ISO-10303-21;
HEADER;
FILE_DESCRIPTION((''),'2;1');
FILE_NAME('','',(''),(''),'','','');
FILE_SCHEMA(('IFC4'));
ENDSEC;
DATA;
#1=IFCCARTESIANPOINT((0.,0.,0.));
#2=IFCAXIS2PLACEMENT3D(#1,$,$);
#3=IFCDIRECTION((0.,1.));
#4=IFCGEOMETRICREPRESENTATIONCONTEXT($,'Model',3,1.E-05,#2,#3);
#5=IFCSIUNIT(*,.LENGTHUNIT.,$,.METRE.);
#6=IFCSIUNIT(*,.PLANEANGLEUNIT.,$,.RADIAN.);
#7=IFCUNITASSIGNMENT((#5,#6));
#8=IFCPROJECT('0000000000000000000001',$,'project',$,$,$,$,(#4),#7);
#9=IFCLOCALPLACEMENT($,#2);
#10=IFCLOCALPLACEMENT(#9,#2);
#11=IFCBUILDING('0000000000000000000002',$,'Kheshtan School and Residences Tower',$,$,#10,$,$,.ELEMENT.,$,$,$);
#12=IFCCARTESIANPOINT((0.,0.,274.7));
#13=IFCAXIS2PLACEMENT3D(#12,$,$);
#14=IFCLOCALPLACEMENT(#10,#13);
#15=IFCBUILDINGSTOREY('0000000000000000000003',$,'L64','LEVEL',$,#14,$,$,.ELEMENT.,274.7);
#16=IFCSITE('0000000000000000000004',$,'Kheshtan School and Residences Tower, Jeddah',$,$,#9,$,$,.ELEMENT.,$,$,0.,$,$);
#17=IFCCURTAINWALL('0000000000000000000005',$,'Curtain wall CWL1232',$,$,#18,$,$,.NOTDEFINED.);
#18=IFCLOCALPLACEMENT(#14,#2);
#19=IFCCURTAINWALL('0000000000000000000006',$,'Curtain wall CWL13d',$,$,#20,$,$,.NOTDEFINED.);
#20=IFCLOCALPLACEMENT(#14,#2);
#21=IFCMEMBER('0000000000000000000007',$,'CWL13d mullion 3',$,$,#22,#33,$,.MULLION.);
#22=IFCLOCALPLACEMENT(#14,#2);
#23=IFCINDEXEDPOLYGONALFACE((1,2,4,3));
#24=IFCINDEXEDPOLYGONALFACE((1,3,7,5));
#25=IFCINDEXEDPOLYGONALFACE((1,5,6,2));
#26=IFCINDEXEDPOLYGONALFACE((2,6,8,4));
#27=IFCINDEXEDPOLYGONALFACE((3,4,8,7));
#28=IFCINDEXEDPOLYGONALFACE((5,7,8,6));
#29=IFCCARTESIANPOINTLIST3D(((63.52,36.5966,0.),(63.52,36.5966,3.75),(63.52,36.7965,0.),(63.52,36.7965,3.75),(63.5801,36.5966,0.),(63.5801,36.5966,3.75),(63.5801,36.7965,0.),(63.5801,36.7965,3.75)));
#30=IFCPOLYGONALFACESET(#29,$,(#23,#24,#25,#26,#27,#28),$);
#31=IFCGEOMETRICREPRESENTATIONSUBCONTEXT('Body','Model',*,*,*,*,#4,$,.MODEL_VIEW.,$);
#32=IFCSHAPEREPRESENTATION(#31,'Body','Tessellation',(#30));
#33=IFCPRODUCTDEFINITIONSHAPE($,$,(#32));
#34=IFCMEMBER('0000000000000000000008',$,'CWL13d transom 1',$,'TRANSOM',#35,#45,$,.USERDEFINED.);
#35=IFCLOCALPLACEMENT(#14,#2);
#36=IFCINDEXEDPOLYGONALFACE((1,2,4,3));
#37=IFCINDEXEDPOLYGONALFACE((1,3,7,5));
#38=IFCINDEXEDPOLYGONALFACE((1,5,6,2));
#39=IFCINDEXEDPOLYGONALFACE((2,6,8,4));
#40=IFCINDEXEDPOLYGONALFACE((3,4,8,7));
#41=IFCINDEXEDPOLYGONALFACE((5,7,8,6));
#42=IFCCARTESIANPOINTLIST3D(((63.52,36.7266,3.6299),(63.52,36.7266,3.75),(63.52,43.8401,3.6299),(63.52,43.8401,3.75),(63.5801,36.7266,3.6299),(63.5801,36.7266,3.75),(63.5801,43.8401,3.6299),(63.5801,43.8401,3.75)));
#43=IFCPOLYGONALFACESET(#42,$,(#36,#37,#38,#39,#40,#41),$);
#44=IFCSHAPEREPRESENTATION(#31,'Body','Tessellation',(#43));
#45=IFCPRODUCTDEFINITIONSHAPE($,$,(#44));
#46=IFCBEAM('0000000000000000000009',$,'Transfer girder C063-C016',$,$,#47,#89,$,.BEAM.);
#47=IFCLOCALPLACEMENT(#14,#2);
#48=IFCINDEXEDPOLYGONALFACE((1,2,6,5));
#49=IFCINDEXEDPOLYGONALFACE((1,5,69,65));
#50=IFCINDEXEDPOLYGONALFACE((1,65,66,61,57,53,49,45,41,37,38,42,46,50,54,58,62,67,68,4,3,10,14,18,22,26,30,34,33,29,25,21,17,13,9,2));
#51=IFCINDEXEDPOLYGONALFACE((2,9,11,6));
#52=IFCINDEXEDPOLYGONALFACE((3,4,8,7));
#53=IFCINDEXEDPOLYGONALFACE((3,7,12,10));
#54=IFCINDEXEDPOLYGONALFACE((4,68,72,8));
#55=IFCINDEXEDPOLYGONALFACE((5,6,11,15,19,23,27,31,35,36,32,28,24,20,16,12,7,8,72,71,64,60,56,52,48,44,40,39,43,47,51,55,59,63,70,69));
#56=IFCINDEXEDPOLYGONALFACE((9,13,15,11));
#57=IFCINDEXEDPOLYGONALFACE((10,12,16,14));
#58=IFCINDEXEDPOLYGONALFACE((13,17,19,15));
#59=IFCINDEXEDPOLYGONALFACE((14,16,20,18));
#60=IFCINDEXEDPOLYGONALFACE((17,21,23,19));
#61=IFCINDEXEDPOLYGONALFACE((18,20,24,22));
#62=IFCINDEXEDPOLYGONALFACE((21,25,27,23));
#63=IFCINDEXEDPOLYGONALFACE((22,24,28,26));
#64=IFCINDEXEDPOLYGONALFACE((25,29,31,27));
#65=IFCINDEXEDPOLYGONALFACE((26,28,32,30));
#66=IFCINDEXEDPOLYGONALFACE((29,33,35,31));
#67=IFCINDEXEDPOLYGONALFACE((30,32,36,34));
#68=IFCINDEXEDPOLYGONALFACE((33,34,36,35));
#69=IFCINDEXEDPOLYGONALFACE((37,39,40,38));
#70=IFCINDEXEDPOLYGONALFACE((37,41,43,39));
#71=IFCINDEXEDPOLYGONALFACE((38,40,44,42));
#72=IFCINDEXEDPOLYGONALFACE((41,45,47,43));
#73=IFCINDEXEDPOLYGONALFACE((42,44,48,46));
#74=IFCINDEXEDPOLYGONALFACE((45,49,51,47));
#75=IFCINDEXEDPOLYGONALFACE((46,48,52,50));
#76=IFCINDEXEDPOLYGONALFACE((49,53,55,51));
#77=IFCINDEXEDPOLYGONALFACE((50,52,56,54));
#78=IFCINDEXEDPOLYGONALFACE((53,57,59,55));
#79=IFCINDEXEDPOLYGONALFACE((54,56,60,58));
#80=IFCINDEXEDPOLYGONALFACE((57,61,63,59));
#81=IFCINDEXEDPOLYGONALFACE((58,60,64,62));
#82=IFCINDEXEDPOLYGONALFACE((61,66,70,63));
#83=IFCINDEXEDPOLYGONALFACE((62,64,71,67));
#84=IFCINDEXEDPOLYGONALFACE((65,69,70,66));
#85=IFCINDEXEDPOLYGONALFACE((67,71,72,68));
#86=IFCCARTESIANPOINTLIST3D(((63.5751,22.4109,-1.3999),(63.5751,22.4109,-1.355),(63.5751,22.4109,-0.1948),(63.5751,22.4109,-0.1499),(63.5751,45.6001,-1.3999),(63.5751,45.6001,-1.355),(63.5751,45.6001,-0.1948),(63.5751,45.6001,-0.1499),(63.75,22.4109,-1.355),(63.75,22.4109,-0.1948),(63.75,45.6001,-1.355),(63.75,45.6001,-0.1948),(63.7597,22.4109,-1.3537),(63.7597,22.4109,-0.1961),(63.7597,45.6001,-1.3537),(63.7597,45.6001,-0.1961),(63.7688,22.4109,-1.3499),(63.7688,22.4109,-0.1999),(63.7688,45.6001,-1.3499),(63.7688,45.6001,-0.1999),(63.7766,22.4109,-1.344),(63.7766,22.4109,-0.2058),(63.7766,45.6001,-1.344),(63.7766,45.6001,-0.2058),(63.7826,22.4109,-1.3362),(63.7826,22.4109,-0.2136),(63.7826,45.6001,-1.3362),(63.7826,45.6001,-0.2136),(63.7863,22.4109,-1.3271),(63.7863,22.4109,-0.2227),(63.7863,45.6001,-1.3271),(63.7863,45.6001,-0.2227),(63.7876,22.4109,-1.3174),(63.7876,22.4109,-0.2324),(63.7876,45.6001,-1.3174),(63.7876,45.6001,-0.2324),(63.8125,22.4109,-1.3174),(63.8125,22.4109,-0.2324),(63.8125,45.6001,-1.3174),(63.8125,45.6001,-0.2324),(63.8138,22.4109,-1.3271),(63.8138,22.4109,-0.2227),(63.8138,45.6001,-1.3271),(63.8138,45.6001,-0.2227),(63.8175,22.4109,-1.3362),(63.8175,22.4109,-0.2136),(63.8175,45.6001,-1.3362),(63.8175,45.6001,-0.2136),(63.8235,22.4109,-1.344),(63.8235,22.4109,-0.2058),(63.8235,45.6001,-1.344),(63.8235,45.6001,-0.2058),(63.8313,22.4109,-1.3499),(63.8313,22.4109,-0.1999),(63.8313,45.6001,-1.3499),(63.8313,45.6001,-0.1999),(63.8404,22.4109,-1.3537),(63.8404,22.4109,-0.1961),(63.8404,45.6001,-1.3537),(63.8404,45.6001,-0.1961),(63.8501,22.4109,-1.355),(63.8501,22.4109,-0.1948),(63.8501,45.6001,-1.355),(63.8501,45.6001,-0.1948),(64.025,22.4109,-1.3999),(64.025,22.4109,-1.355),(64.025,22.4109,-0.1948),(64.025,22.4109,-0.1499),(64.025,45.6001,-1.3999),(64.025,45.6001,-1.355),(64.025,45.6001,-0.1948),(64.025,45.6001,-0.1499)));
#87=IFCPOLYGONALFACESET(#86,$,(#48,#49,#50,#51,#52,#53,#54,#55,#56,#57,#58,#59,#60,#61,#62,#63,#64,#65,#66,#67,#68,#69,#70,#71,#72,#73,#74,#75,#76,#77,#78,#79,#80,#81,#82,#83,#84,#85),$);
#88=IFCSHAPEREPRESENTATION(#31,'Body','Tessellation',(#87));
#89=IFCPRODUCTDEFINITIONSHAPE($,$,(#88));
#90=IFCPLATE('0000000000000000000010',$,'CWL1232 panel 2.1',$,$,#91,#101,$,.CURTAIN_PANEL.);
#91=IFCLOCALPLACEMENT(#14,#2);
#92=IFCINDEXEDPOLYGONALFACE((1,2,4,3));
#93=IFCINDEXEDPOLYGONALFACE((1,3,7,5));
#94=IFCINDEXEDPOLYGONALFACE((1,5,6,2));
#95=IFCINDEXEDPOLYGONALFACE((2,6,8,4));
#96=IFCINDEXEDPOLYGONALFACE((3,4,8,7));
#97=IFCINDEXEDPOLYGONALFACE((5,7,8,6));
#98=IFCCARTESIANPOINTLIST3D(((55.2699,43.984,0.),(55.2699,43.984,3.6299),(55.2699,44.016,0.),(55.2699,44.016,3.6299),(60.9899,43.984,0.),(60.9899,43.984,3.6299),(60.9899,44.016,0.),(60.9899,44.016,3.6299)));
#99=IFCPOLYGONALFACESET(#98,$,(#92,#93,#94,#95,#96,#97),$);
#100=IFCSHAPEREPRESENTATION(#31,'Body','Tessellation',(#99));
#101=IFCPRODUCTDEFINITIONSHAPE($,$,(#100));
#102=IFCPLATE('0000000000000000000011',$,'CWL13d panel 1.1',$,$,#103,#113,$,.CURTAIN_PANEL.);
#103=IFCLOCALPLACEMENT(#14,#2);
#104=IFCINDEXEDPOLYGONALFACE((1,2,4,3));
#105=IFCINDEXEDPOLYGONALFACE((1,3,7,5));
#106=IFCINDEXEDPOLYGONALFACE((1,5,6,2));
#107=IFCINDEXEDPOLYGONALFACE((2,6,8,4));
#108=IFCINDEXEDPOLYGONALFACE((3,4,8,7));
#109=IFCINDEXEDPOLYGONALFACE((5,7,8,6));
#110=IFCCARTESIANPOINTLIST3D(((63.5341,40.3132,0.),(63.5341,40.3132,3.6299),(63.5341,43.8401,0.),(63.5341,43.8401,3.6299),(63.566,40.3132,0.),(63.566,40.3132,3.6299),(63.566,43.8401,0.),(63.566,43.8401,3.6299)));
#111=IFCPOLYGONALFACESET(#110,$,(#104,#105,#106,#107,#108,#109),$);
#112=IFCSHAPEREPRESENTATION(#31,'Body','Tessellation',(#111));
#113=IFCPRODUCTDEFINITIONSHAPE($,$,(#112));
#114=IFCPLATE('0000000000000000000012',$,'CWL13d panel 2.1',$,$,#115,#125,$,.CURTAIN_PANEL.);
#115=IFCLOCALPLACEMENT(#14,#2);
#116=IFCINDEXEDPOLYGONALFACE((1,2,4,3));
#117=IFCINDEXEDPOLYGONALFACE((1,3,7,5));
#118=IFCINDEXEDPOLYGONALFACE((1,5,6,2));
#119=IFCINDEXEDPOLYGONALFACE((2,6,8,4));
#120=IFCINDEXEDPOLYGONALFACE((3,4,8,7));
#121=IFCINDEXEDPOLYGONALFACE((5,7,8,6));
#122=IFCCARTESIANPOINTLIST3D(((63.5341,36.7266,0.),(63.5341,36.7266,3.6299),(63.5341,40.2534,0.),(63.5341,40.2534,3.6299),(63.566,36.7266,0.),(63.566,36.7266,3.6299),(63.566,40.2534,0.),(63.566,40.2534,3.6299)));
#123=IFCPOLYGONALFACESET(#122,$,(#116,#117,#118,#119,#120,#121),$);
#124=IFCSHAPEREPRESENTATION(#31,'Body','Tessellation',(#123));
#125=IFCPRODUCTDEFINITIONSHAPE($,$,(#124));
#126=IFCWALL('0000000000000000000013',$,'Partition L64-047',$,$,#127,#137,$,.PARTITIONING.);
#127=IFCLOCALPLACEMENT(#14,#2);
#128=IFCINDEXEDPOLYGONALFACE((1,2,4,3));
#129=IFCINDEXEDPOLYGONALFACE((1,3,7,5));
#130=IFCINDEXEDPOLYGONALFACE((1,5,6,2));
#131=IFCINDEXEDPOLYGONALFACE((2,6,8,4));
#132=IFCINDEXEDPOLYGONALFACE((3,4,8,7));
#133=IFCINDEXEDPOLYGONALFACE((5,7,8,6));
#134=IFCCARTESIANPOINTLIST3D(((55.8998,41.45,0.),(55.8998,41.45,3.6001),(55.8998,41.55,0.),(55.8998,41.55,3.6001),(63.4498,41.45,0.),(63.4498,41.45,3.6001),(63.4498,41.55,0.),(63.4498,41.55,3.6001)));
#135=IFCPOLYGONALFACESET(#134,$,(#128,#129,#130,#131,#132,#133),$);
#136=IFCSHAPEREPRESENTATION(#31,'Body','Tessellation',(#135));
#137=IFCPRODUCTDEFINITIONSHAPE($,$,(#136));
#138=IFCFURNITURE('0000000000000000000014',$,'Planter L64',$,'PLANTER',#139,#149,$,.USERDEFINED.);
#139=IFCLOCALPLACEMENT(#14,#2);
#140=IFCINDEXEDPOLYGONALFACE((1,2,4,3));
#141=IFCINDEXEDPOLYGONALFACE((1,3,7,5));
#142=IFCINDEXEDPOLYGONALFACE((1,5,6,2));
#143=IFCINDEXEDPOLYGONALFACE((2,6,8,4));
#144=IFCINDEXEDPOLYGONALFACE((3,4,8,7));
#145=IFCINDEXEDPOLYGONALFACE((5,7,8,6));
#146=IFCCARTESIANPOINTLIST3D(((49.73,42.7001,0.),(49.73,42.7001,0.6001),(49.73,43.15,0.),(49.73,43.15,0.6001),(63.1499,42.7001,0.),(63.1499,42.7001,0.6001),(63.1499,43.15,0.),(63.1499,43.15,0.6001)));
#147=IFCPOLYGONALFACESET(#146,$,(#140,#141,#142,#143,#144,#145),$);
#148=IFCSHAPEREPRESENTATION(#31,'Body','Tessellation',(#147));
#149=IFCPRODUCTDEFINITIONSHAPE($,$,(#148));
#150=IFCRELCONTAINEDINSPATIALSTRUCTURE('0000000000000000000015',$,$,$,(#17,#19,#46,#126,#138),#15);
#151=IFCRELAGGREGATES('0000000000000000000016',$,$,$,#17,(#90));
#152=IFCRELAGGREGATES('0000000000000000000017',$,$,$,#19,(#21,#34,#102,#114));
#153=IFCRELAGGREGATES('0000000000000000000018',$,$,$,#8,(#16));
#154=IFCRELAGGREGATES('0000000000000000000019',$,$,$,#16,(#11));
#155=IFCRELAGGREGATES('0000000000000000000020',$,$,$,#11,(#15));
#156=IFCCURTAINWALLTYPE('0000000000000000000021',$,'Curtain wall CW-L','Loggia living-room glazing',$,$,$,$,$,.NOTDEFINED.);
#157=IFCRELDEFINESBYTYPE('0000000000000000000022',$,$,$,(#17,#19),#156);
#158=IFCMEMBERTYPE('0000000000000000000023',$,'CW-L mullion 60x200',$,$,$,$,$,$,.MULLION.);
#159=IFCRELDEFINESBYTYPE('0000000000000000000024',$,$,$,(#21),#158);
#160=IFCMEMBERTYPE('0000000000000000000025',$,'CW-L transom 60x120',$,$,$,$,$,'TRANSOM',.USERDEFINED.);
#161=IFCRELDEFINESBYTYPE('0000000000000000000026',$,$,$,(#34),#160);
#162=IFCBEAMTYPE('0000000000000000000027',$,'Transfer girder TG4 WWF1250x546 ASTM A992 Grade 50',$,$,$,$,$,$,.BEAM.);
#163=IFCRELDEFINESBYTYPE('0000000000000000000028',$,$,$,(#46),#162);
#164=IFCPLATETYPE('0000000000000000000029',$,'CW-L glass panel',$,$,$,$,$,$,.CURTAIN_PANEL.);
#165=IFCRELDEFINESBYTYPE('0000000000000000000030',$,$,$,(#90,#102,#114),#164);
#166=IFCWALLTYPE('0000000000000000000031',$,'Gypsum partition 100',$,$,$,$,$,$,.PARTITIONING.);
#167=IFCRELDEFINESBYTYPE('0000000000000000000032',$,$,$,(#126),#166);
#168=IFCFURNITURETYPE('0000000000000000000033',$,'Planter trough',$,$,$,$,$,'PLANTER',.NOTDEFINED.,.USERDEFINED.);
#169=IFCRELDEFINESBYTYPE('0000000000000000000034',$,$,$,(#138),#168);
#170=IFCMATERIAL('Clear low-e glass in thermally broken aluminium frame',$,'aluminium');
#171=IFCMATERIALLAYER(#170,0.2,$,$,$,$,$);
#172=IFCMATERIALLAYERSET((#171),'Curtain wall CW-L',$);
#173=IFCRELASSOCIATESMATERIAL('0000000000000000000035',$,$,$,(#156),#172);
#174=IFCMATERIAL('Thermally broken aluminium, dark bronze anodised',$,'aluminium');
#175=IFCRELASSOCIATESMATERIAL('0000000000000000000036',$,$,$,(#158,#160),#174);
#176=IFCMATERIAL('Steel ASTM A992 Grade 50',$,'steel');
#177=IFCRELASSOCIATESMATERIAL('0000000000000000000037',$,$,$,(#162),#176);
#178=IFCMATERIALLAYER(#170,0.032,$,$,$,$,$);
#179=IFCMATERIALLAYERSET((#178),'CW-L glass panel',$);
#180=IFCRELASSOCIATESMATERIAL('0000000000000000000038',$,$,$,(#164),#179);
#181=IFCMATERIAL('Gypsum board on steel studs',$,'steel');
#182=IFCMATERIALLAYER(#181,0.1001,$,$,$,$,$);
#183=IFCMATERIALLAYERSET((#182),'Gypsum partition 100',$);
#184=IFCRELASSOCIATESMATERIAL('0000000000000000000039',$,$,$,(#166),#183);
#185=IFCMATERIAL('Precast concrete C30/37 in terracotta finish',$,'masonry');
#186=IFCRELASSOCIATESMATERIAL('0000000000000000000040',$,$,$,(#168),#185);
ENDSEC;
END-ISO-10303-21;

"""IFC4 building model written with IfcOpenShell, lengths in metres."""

from ifc_helpers import new_model, si_unit, direction, frame, frame_2d, origin, origin_2d, place, context, subcontext, project, spatial, rectangle, i_section, extrude, material, layer, layer_set, material_profile, profile_set, type_object, element, aggregate, save


model = new_model("IFC4")

# Units and contexts
model_context = context("Model", 3, precision=1e-05, world=origin(), true_north=direction((0.0, 1.0)))
body_context = subcontext(model_context, "Body", "Model", "MODEL_VIEW")
ifc_project = project(units=[si_unit("LENGTHUNIT", "METRE"), si_unit("PLANEANGLEUNIT", "RADIAN")], contexts=[model_context])

# Site, building, storey
site_placement = place(None, origin())
site = spatial("IfcSite", under=ifc_project, at=site_placement, Name="Kheshtan School and Residences Tower, Jeddah", CompositionType="ELEMENT", RefElevation=0.0)
building_placement = place(site_placement, origin())
building = spatial("IfcBuilding", under=site, at=building_placement, Name="Kheshtan School and Residences Tower", CompositionType="ELEMENT")
storey_placement = place(building_placement, frame((0.0, 0.0, 274.7)))
storey = spatial("IfcBuildingStorey", under=building, at=storey_placement, Name="L64", Description="LEVEL", CompositionType="ELEMENT", Elevation=274.7)

# Shared definitions
ifc_material_1 = material(Name="Steel ASTM A992 Grade 50", Category="steel")

# Curtain walls, members
ifc_material_2 = material(Name="Clear low-e glass in thermally broken aluminium frame", Category="aluminium")
ifc_layer_1 = layer(ifc_material_2, 0.2)
ifc_layer_set_1 = layer_set([ifc_layer_1], Name="Curtain wall CW-L")
curtain_wall_type = type_object("IfcCurtainWallType", Name="Curtain wall CW-L", Description="Loggia living-room glazing", PredefinedType="NOTDEFINED", material=ifc_layer_set_1)
curtain_wall_1_placement = place(storey_placement, origin())
curtain_wall_1 = element("IfcCurtainWall", 1, at=curtain_wall_1_placement, inside=storey, type_object=curtain_wall_type, Name="Curtain wall CWL1232", PredefinedType="NOTDEFINED")
ifc_material_3 = material(Name="Thermally broken aluminium, dark bronze anodised", Category="aluminium")
ifc_material_profile_1 = material_profile(ifc_material_3, rectangle(XDim=0.0601, YDim=0.2, at=origin_2d()), Name="CW-L mullion 60x200")
ifc_profile_set_1 = profile_set([ifc_material_profile_1], Name="Thermally broken aluminium, dark bronze anodised")
member_type_1 = type_object("IfcMemberType", Name="CW-L mullion 60x200", PredefinedType="MULLION", material=ifc_profile_set_1)
curtain_wall_2_placement = place(storey_placement, origin())
curtain_wall_2 = element("IfcCurtainWall", 2, at=curtain_wall_2_placement, inside=storey, type_object=curtain_wall_type, Name="Curtain wall CWL13d", PredefinedType="NOTDEFINED")
member_1_placement = place(storey_placement, frame((63.55, 36.6965, 0.0), z_axis=(0.0, 0.0, 1.0), x_axis=(1.0, 0.0, 0.0)))
member_1 = element("IfcMember", 3, at=member_1_placement, type_object=member_type_1, Name="CWL13d mullion 3", PredefinedType="MULLION", context=body_context, shape_type="SweptSolid", body=[
    extrude(rectangle(XDim=0.0601, YDim=0.2, at=origin_2d()), origin(), (0.0, 0.0, 1.0), 3.75),
])
ifc_material_profile_2 = material_profile(ifc_material_3, rectangle(XDim=0.0601, YDim=0.1201, at=origin_2d()), Name="CW-L transom 60x120")
ifc_profile_set_2 = profile_set([ifc_material_profile_2], Name="Thermally broken aluminium, dark bronze anodised")
member_type_2 = type_object("IfcMemberType", Name="CW-L transom 60x120", ElementType="TRANSOM", PredefinedType="USERDEFINED", material=ifc_profile_set_2)
member_2_placement = place(storey_placement, frame((63.55, 43.8401, 3.6899), z_axis=(0.0, -1.0, 0.0), x_axis=(1.0, 0.0, 0.0)))
member_2 = element("IfcMember", 4, at=member_2_placement, type_object=member_type_2, Name="CWL13d transom 1", ObjectType="TRANSOM", PredefinedType="USERDEFINED", context=body_context, shape_type="SweptSolid", body=[
    extrude(rectangle(XDim=0.0601, YDim=0.1201, at=origin_2d()), origin(), (0.0, 0.0, 1.0), 7.1135),
])

# Beam
ifc_material_profile_3 = material_profile(ifc_material_1, i_section(OverallWidth=0.45, OverallDepth=1.25, WebThickness=0.0249, FlangeThickness=0.0449, FilletRadius=0.0376, at=origin_2d()), Name="WWF1250x546")
ifc_profile_set_3 = profile_set([ifc_material_profile_3], Name="Steel ASTM A992 Grade 50")
beam_type_1 = type_object("IfcBeamType", Name="Transfer girder TG4 WWF1250x546 ASTM A992 Grade 50", PredefinedType="BEAM", material=ifc_profile_set_3)
beam_1_placement = place(storey_placement, frame((63.8, 45.6001, -0.7749), z_axis=(0.0, -1.0, 0.0), x_axis=(1.0, 0.0, 0.0)))
element("IfcBeam", 5, at=beam_1_placement, inside=storey, type_object=beam_type_1, Name="Transfer girder C063-C016", PredefinedType="BEAM", context=body_context, shape_type="SweptSolid", body=[
    extrude(i_section(OverallWidth=0.45, OverallDepth=1.25, WebThickness=0.0249, FlangeThickness=0.0449, FilletRadius=0.0376, at=origin_2d()), origin(), (0.0, 0.0, 1.0), 23.1892),
])

# Plates
ifc_layer_2 = layer(ifc_material_2, 0.032)
ifc_layer_set_2 = layer_set([ifc_layer_2], Name="CW-L glass panel")
plate_type = type_object("IfcPlateType", Name="CW-L glass panel", PredefinedType="CURTAIN_PANEL", material=ifc_layer_set_2)
plate_1_placement = place(storey_placement, frame((58.1299, 44.0, 0.0), z_axis=(0.0, 0.0, 1.0), x_axis=(1.0, 0.0, 0.0)))
plate_1 = element("IfcPlate", 6, at=plate_1_placement, type_object=plate_type, Name="CWL1232 panel 2.1", PredefinedType="CURTAIN_PANEL", context=body_context, shape_type="SweptSolid", body=[
    extrude(rectangle(XDim=5.72, YDim=0.032, at=origin_2d()), origin(), (0.0, 0.0, 1.0), 3.6299),
])
aggregate(curtain_wall_1, [plate_1])
plate_2_placement = place(storey_placement, frame((63.55, 42.0767, 0.0), z_axis=(0.0, 0.0, 1.0), x_axis=(0.0, -1.0, 0.0)))
plate_2 = element("IfcPlate", 7, at=plate_2_placement, type_object=plate_type, Name="CWL13d panel 1.1", PredefinedType="CURTAIN_PANEL", context=body_context, shape_type="SweptSolid", body=[
    extrude(rectangle(XDim=3.5269, YDim=0.032, at=origin_2d()), origin(), (0.0, 0.0, 1.0), 3.6299),
])
plate_3_placement = place(storey_placement, frame((63.55, 38.49, 0.0), z_axis=(0.0, 0.0, 1.0), x_axis=(0.0, -1.0, 0.0)))
plate_3 = element("IfcPlate", 8, at=plate_3_placement, type_object=plate_type, Name="CWL13d panel 2.1", PredefinedType="CURTAIN_PANEL", context=body_context, shape_type="SweptSolid", body=[
    extrude(rectangle(XDim=3.5269, YDim=0.032, at=origin_2d()), origin(), (0.0, 0.0, 1.0), 3.6299),
])
aggregate(curtain_wall_2, [member_1, member_2, plate_2, plate_3])

# Wall
ifc_material_4 = material(Name="Gypsum board on steel studs", Category="steel")
ifc_layer_3 = layer(ifc_material_4, 0.1001)
ifc_layer_set_3 = layer_set([ifc_layer_3], Name="Gypsum partition 100")
wall_type_1 = type_object("IfcWallType", Name="Gypsum partition 100", PredefinedType="PARTITIONING", material=ifc_layer_set_3)
wall_1_placement = place(storey_placement, frame((55.8999, 41.5, 0.0), z_axis=(0.0, 0.0, 1.0), x_axis=(1.0, 0.0, 0.0)))
element("IfcWall", 9, at=wall_1_placement, inside=storey, type_object=wall_type_1, Name="Partition L64-047", PredefinedType="PARTITIONING", context=body_context, shape_type="SweptSolid", body=[
    extrude(rectangle(XDim=7.55, YDim=0.1001, at=frame_2d((3.7749, 0.0))), origin(), (0.0, 0.0, 1.0), 3.6001),
])

# Furniture
ifc_material_5 = material(Name="Precast concrete C30/37 in terracotta finish", Category="masonry")
furniture_type = type_object("IfcFurnitureType", Name="Planter trough", ElementType="PLANTER", AssemblyPlace="NOTDEFINED", PredefinedType="USERDEFINED", material=ifc_material_5)
furniture_placement = place(storey_placement, frame((56.4399, 42.925, 0.0), z_axis=(0.0, 0.0, 1.0), x_axis=(1.0, 0.0, 0.0)))
element("IfcFurniture", 10, at=furniture_placement, inside=storey, type_object=furniture_type, Name="Planter L64", ObjectType="PLANTER", PredefinedType="USERDEFINED", context=body_context, shape_type="SweptSolid", body=[
    extrude(rectangle(XDim=13.4199, YDim=0.45, at=origin_2d()), origin(), (0.0, 0.0, 1.0), 0.6001),
])

save(model, "model.ifc")
